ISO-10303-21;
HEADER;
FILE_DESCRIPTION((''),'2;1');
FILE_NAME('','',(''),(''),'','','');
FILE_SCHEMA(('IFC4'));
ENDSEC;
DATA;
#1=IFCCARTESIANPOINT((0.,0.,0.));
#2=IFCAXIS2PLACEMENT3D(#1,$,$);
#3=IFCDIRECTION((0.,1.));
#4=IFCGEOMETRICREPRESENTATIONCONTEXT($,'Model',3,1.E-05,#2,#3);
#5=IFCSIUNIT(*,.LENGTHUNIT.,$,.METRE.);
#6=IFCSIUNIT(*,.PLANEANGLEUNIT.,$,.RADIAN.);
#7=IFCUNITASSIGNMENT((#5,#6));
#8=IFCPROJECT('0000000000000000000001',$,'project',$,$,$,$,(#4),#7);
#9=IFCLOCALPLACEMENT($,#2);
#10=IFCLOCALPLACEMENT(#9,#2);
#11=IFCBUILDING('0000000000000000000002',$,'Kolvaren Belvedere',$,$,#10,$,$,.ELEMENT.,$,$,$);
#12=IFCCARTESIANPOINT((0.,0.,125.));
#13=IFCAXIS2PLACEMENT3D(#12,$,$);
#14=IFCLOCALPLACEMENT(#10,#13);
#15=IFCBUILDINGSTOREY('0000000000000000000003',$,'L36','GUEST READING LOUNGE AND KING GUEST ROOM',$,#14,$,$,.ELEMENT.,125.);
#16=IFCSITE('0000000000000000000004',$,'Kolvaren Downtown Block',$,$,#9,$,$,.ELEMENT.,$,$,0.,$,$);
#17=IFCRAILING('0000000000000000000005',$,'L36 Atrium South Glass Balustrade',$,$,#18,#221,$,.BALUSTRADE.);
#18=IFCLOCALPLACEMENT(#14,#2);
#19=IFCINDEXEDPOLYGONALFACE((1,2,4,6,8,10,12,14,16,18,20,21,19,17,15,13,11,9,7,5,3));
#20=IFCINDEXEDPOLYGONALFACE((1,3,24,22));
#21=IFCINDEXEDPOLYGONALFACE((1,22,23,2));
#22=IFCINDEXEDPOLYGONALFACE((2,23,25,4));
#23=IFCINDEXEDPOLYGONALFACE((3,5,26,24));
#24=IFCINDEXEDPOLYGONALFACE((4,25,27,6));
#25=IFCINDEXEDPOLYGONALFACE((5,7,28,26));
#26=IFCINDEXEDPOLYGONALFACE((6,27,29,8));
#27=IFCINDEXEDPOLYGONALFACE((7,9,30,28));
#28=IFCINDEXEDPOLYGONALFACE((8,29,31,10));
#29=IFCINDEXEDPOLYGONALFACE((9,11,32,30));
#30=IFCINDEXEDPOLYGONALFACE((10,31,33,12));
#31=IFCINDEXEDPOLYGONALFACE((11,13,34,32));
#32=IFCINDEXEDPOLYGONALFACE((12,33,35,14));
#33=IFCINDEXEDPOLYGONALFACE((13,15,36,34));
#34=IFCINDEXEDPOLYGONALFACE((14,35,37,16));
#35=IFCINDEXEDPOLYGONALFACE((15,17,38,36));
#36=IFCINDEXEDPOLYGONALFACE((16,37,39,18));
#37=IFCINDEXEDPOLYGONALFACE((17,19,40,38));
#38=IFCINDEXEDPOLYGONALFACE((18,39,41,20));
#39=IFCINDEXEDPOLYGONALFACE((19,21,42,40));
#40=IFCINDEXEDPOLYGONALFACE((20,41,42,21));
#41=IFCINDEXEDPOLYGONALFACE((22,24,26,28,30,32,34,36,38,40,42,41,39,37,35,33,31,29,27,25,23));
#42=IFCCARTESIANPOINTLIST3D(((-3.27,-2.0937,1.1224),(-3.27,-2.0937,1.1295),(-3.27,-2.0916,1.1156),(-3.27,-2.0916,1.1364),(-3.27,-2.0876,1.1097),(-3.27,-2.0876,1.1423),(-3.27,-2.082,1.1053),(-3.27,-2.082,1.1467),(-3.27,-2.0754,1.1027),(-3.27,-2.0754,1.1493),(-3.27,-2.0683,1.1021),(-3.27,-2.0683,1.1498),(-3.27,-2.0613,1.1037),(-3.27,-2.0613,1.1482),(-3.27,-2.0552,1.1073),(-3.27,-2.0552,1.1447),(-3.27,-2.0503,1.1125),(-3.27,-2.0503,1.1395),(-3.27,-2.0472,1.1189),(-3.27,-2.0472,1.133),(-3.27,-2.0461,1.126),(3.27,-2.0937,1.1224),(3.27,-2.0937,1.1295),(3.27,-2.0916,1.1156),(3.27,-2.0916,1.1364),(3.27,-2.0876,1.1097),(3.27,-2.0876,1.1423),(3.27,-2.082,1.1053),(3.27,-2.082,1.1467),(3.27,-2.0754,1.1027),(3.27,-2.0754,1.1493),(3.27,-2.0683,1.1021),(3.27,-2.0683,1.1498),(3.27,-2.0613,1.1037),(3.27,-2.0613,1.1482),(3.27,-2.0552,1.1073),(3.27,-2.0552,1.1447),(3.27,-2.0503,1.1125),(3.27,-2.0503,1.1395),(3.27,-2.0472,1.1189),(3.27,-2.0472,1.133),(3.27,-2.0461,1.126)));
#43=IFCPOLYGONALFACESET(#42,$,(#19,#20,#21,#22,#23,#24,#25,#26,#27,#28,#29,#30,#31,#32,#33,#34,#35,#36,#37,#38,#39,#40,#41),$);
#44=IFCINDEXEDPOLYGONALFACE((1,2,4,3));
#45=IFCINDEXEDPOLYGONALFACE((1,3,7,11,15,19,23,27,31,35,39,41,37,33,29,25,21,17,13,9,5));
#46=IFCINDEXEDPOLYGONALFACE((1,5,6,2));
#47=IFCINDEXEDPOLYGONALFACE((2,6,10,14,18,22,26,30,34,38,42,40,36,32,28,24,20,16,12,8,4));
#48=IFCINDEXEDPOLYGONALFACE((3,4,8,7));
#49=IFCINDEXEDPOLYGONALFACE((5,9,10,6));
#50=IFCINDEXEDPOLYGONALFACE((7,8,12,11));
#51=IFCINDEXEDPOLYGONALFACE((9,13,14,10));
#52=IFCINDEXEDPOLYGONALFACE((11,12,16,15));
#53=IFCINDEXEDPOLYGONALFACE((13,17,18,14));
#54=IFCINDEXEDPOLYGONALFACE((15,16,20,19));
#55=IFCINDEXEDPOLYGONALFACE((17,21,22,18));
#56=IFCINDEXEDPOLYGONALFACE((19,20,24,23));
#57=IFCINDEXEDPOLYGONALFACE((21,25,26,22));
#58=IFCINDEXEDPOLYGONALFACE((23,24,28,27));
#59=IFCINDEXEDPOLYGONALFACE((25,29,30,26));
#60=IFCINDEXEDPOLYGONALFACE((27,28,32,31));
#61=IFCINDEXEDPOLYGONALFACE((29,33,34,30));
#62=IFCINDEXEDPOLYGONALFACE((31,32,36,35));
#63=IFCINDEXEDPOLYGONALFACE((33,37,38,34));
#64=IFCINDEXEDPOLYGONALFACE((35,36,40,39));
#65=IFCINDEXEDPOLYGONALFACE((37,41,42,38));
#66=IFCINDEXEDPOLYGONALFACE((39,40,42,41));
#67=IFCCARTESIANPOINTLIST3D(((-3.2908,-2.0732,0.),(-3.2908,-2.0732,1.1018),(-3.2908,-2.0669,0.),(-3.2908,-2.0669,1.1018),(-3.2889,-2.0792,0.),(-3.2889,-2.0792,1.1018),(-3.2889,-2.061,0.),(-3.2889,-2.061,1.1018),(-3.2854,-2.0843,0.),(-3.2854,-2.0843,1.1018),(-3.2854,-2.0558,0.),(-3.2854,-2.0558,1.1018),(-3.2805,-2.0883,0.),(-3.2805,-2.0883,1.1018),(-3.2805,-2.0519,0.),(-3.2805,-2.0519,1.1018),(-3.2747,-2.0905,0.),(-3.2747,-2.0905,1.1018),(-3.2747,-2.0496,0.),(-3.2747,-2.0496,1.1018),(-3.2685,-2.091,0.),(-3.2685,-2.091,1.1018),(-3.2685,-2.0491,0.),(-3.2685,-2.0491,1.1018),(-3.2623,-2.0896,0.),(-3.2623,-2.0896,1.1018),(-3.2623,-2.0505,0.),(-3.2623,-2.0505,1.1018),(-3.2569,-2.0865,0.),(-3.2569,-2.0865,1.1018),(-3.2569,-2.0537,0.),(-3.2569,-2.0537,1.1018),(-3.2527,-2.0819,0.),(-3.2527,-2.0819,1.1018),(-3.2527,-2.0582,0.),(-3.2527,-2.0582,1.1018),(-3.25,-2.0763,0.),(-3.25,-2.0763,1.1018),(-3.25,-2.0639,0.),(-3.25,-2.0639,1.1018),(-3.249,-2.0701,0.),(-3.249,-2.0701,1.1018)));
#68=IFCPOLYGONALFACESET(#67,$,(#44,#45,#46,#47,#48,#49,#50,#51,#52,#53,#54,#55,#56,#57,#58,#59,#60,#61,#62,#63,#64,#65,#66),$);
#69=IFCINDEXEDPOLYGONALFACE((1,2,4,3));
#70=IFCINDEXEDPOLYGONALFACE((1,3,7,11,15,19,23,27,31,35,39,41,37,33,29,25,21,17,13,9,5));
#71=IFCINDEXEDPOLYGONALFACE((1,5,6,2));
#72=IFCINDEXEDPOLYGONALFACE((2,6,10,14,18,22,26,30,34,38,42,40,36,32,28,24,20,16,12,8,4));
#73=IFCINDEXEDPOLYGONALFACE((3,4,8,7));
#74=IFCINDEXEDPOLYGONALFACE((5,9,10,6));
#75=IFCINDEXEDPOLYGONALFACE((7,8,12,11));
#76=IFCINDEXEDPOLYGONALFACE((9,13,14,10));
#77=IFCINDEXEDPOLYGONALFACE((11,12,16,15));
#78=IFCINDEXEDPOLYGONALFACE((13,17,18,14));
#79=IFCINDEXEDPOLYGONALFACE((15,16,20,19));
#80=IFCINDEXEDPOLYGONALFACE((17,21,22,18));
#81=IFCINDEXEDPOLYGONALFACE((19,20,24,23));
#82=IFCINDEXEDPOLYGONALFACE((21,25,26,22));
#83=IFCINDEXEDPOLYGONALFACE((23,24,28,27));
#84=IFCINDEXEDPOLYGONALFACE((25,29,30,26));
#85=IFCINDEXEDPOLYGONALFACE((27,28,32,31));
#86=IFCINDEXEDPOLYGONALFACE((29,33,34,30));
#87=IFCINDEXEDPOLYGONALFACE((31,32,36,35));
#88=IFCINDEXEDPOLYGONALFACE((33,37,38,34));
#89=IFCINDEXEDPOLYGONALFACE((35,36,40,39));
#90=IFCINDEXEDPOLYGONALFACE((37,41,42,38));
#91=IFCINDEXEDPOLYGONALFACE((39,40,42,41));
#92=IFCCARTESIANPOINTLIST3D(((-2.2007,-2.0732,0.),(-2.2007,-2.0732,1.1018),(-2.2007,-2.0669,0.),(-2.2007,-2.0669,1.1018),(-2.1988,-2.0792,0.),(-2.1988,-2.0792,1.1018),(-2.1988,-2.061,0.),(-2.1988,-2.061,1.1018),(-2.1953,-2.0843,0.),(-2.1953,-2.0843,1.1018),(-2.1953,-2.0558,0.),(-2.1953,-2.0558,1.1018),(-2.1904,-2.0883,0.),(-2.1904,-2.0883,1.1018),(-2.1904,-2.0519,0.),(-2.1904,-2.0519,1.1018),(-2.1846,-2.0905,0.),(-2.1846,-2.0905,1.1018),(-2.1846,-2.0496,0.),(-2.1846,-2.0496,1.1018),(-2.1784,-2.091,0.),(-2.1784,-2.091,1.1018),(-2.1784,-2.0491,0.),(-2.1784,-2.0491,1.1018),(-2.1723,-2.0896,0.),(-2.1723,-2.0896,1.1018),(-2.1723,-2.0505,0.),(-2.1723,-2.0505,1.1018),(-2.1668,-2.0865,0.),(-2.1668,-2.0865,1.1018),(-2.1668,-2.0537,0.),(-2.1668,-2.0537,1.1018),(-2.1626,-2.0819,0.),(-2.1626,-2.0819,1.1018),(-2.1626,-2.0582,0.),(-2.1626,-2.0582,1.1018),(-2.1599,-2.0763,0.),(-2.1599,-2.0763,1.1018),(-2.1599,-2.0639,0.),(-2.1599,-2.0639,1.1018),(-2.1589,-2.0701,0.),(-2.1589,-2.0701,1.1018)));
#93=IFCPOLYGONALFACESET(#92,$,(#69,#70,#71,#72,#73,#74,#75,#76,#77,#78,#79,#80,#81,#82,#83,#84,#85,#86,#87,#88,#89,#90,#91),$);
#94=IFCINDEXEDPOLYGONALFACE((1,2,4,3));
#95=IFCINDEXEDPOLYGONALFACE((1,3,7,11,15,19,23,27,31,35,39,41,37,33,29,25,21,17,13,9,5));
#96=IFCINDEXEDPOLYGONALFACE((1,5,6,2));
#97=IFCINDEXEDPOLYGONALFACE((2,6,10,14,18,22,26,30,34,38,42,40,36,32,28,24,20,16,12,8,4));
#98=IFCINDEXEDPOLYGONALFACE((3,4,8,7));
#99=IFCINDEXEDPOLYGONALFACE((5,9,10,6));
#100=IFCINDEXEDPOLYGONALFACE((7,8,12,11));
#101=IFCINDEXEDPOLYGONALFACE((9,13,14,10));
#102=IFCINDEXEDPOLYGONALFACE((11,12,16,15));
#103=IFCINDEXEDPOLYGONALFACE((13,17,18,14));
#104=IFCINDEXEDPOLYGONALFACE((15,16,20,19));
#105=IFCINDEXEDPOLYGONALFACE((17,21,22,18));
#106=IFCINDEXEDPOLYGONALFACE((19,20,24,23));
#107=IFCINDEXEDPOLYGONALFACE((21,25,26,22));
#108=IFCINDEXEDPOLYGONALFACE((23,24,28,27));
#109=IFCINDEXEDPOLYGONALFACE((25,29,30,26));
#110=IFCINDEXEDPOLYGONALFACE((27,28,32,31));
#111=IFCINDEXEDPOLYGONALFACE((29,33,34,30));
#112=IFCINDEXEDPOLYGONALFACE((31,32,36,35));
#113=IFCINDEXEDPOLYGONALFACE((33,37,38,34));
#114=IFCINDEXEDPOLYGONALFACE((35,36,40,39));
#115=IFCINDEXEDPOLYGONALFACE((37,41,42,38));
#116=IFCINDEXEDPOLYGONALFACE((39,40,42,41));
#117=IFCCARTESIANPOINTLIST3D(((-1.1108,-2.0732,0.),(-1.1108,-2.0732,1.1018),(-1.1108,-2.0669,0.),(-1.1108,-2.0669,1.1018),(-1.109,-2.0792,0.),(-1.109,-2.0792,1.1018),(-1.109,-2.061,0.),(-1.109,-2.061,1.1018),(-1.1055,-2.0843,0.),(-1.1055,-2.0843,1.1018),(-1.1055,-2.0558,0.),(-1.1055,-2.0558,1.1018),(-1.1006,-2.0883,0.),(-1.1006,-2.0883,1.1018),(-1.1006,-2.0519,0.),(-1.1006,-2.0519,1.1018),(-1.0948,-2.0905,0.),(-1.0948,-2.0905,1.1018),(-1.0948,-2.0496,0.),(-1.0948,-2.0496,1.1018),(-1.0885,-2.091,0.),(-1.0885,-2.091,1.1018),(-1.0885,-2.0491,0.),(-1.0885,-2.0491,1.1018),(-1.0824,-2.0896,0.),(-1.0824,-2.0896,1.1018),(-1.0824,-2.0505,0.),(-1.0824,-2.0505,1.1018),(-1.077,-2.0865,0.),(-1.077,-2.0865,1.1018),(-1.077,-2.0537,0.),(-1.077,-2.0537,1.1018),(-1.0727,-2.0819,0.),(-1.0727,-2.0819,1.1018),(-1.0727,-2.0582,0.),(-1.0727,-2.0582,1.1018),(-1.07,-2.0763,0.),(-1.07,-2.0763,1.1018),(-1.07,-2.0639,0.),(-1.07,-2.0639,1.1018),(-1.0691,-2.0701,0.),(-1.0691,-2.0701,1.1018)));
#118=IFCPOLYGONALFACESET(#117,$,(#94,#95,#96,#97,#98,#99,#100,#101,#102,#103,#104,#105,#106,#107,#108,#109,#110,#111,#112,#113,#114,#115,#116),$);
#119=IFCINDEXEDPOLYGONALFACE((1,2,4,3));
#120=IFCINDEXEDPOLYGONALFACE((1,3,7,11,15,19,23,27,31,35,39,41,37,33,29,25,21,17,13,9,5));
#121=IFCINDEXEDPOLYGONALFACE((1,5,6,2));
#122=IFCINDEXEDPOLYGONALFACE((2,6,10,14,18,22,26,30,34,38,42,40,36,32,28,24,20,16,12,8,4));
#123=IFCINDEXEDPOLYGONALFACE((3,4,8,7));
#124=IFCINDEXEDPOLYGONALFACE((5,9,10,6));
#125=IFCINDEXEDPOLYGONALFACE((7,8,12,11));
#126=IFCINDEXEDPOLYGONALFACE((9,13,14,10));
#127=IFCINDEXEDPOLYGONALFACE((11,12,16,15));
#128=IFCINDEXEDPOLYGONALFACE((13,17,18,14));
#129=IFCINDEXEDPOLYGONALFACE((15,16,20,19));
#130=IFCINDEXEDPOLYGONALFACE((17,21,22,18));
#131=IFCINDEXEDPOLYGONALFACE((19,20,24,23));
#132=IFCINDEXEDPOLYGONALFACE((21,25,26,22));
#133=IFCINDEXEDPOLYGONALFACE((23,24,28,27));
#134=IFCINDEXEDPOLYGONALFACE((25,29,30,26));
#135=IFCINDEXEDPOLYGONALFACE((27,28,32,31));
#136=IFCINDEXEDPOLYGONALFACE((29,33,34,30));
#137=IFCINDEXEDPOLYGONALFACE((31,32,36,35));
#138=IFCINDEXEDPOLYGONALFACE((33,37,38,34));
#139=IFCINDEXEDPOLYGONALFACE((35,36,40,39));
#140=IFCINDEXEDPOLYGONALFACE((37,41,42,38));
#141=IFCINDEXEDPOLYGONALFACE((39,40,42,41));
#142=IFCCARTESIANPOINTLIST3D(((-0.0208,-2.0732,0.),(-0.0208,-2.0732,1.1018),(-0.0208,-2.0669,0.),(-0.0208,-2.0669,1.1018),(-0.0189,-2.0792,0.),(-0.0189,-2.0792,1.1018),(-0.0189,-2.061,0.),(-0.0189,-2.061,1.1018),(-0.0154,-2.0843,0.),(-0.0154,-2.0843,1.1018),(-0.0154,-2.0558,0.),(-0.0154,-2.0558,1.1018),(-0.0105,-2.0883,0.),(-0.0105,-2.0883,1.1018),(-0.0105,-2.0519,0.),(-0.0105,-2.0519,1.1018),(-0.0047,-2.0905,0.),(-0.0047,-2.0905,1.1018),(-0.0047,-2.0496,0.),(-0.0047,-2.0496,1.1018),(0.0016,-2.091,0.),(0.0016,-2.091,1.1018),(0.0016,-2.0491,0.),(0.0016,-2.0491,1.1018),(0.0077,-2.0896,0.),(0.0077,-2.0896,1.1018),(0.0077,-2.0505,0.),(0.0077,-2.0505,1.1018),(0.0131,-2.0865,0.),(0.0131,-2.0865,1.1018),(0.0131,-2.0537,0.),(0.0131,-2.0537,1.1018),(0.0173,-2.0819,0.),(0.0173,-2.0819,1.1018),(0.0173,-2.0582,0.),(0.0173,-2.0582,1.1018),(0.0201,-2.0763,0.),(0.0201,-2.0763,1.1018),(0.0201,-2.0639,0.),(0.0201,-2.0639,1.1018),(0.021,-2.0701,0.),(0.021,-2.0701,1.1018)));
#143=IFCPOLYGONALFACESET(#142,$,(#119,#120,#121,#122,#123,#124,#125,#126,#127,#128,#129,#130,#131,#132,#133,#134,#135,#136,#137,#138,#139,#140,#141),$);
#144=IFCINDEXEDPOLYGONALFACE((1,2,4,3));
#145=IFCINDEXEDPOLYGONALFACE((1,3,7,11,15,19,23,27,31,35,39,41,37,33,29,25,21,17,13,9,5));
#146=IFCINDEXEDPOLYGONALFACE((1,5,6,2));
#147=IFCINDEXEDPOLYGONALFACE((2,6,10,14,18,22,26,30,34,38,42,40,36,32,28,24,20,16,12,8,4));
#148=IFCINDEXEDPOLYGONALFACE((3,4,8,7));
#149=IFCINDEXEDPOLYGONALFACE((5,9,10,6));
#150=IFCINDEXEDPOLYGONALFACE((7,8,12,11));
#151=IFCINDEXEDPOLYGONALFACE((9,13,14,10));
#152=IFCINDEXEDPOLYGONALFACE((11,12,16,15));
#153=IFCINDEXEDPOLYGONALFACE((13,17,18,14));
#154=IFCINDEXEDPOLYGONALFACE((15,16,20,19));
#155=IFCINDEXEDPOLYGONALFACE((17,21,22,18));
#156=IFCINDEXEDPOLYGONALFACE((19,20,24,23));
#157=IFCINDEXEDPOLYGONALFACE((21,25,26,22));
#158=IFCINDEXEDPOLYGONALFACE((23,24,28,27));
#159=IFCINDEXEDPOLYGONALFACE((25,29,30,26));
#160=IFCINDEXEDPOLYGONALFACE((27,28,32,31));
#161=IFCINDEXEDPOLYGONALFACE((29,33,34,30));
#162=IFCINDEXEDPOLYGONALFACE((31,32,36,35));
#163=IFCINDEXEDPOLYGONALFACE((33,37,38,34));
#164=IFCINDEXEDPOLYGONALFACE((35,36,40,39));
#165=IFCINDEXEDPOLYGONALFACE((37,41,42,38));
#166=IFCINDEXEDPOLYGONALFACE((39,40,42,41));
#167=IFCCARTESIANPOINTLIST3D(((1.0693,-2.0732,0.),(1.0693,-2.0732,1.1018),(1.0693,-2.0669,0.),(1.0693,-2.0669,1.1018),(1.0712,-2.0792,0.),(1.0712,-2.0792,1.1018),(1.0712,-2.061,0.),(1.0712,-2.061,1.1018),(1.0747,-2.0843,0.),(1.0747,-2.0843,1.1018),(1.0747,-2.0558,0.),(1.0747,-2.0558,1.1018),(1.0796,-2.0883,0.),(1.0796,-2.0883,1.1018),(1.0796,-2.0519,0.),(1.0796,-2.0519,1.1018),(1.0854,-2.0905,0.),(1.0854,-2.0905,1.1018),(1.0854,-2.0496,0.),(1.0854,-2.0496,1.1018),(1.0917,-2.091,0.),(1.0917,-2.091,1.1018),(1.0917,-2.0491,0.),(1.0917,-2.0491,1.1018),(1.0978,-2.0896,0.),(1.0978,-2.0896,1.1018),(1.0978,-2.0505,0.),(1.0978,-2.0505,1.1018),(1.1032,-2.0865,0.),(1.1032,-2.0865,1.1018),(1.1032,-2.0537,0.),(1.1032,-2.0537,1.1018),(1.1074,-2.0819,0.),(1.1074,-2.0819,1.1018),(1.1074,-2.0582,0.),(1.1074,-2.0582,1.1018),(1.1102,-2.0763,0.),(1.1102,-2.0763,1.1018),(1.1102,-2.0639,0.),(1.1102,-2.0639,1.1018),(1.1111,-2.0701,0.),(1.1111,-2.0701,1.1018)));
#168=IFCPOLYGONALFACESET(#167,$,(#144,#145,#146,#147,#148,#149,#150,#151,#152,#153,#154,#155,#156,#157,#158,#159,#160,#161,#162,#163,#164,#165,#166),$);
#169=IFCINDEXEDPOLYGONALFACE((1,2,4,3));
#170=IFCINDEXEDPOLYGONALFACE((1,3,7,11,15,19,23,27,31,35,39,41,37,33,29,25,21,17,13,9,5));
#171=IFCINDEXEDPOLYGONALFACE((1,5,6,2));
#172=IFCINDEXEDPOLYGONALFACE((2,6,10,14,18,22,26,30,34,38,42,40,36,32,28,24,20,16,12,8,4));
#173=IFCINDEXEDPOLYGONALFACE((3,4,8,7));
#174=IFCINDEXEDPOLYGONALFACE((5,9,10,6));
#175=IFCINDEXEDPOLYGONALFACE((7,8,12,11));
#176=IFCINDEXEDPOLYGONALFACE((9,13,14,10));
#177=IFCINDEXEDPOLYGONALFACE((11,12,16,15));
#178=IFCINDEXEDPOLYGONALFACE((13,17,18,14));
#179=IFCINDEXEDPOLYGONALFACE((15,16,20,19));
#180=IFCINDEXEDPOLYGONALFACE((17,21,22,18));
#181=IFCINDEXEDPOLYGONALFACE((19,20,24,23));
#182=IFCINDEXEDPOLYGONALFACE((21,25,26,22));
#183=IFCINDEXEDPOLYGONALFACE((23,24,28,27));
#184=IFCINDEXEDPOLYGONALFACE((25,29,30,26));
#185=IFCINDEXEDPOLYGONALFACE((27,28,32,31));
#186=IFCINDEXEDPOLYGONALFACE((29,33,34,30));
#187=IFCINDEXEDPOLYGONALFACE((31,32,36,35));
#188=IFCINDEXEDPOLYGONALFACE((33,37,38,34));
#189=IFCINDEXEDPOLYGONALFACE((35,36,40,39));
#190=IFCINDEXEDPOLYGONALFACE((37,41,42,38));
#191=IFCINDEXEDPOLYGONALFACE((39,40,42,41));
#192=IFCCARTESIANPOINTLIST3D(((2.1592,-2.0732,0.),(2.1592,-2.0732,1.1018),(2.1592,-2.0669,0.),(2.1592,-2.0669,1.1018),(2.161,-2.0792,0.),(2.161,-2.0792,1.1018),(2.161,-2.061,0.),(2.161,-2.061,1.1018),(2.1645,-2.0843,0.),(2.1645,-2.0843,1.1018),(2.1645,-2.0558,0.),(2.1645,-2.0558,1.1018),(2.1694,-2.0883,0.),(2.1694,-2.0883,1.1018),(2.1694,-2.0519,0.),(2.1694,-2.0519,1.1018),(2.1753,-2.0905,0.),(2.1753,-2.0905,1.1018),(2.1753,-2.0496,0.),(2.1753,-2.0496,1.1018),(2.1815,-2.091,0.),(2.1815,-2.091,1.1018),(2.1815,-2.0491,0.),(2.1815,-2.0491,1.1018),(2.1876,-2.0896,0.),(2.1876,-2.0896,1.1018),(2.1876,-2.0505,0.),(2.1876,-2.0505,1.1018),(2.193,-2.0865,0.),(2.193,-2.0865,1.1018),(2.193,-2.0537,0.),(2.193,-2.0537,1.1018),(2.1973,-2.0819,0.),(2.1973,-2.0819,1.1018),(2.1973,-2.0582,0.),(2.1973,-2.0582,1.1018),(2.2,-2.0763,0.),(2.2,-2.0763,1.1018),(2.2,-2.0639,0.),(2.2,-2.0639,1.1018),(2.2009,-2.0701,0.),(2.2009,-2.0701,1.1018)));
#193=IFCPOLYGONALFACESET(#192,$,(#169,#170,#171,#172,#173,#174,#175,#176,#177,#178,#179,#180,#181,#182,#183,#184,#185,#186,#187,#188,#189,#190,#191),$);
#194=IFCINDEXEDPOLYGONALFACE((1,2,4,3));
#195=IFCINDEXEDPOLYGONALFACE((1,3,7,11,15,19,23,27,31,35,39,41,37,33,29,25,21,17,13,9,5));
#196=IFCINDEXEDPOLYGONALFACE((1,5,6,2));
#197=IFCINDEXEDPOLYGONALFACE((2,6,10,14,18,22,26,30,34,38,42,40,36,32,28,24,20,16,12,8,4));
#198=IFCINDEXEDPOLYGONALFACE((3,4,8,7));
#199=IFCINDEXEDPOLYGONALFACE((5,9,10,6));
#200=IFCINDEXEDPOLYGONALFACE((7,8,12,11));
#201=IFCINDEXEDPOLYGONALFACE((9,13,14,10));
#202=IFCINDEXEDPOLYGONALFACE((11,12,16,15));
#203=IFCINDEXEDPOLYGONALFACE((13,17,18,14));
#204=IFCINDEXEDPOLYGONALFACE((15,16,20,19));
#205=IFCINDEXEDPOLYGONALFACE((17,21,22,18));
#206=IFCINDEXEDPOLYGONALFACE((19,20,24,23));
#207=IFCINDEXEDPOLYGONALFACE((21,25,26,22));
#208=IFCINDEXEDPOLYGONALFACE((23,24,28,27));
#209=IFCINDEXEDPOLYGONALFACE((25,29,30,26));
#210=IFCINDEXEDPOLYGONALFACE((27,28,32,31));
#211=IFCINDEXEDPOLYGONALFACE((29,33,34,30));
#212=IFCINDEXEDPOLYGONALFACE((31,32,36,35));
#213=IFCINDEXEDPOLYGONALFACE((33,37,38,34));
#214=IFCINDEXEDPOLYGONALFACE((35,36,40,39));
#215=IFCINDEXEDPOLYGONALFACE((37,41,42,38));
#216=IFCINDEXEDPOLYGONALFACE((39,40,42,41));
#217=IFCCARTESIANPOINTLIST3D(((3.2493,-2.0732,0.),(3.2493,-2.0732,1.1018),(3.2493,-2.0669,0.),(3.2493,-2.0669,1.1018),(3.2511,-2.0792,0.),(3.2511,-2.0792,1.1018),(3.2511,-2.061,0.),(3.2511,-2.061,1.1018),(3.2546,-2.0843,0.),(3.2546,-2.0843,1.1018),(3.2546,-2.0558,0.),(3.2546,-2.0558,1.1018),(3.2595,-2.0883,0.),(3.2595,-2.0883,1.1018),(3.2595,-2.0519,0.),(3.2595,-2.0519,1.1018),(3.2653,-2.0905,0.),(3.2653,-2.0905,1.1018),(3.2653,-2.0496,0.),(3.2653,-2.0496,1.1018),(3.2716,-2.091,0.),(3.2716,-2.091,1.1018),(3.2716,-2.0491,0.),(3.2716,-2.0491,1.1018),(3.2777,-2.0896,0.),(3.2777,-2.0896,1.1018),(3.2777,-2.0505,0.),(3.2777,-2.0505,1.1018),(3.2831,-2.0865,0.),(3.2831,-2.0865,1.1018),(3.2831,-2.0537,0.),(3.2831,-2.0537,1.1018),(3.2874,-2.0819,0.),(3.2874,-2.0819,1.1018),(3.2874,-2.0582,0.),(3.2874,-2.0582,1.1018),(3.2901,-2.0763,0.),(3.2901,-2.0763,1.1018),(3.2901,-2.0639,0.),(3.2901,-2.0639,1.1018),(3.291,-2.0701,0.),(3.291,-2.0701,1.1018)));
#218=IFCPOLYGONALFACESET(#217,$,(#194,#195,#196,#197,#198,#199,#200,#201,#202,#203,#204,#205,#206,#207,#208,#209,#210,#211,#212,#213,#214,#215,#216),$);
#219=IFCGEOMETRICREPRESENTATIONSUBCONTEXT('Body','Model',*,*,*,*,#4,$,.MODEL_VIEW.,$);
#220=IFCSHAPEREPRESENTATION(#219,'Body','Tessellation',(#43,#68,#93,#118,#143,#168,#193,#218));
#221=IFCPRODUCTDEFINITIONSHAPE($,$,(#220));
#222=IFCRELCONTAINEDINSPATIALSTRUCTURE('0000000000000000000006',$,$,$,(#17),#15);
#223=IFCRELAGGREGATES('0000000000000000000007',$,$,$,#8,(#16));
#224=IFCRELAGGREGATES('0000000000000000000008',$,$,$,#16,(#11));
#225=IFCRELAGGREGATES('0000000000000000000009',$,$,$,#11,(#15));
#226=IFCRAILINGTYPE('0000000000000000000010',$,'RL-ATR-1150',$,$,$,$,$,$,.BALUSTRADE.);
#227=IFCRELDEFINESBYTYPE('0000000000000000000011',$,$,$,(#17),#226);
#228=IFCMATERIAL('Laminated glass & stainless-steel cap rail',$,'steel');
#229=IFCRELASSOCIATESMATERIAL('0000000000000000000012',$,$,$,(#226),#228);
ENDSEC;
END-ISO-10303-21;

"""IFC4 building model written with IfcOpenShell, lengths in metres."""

from ifc_helpers import new_model, si_unit, direction, frame, origin, origin_2d, place, context, subcontext, project, spatial, circle, extrude, material, type_object, element, save


model = new_model("IFC4")

# Units and contexts
model_context = context("Model", 3, precision=1e-05, world=origin(), true_north=direction((0.0, 1.0)))
body_context = subcontext(model_context, "Body", "Model", "MODEL_VIEW")
ifc_project = project(units=[si_unit("LENGTHUNIT", "METRE"), si_unit("PLANEANGLEUNIT", "RADIAN")], contexts=[model_context])

# Site, building, storey
site_placement = place(None, origin())
site = spatial("IfcSite", under=ifc_project, at=site_placement, Name="Kolvaren Downtown Block", CompositionType="ELEMENT", RefElevation=0.0)
building_placement = place(site_placement, origin())
building = spatial("IfcBuilding", under=site, at=building_placement, Name="Kolvaren Belvedere", CompositionType="ELEMENT")
storey_placement = place(building_placement, frame((0.0, 0.0, 125.0)))
storey = spatial("IfcBuildingStorey", under=building, at=storey_placement, Name="L36", Description="GUEST READING LOUNGE AND KING GUEST ROOM", CompositionType="ELEMENT", Elevation=125.0)

# Railing
ifc_material_1 = material(Name="Laminated glass & stainless-steel cap rail", Category="steel")
railing_type_1 = type_object("IfcRailingType", Name="RL-ATR-1150", PredefinedType="BALUSTRADE", material=ifc_material_1)
railing_1_placement = place(storey_placement, frame((-3.27, -2.0701, 0.0)))
element("IfcRailing", 1, at=railing_1_placement, inside=storey, type_object=railing_type_1, Name="L36 Atrium South Glass Balustrade", PredefinedType="BALUSTRADE", context=body_context, shape_type="SweptSolid", body=[
    extrude(circle(Radius=0.0239, at=origin_2d()), frame((0.0, 0.0, 1.126), z_axis=(1.0, 0.0, 0.0), x_axis=(0.0, 1.0, 0.0)), (0.0, 0.0, 1.0), 6.54),
    extrude(circle(Radius=0.021, at=origin_2d()), origin(), (0.0, 0.0, 1.0), 1.1018),
    extrude(circle(Radius=0.021, at=origin_2d()), frame((1.0901, 0.0, 0.0)), (0.0, 0.0, 1.0), 1.1018),
    extrude(circle(Radius=0.021, at=origin_2d()), frame((2.1799, 0.0, 0.0)), (0.0, 0.0, 1.0), 1.1018),
    extrude(circle(Radius=0.021, at=origin_2d()), frame((3.27, 0.0, 0.0)), (0.0, 0.0, 1.0), 1.1018),
    extrude(circle(Radius=0.021, at=origin_2d()), frame((4.3601, 0.0, 0.0)), (0.0, 0.0, 1.0), 1.1018),
    extrude(circle(Radius=0.021, at=origin_2d()), frame((5.45, 0.0, 0.0)), (0.0, 0.0, 1.0), 1.1018),
    extrude(circle(Radius=0.021, at=origin_2d()), frame((6.54, 0.0, 0.0)), (0.0, 0.0, 1.0), 1.1018),
])

save(model, "model.ifc")
